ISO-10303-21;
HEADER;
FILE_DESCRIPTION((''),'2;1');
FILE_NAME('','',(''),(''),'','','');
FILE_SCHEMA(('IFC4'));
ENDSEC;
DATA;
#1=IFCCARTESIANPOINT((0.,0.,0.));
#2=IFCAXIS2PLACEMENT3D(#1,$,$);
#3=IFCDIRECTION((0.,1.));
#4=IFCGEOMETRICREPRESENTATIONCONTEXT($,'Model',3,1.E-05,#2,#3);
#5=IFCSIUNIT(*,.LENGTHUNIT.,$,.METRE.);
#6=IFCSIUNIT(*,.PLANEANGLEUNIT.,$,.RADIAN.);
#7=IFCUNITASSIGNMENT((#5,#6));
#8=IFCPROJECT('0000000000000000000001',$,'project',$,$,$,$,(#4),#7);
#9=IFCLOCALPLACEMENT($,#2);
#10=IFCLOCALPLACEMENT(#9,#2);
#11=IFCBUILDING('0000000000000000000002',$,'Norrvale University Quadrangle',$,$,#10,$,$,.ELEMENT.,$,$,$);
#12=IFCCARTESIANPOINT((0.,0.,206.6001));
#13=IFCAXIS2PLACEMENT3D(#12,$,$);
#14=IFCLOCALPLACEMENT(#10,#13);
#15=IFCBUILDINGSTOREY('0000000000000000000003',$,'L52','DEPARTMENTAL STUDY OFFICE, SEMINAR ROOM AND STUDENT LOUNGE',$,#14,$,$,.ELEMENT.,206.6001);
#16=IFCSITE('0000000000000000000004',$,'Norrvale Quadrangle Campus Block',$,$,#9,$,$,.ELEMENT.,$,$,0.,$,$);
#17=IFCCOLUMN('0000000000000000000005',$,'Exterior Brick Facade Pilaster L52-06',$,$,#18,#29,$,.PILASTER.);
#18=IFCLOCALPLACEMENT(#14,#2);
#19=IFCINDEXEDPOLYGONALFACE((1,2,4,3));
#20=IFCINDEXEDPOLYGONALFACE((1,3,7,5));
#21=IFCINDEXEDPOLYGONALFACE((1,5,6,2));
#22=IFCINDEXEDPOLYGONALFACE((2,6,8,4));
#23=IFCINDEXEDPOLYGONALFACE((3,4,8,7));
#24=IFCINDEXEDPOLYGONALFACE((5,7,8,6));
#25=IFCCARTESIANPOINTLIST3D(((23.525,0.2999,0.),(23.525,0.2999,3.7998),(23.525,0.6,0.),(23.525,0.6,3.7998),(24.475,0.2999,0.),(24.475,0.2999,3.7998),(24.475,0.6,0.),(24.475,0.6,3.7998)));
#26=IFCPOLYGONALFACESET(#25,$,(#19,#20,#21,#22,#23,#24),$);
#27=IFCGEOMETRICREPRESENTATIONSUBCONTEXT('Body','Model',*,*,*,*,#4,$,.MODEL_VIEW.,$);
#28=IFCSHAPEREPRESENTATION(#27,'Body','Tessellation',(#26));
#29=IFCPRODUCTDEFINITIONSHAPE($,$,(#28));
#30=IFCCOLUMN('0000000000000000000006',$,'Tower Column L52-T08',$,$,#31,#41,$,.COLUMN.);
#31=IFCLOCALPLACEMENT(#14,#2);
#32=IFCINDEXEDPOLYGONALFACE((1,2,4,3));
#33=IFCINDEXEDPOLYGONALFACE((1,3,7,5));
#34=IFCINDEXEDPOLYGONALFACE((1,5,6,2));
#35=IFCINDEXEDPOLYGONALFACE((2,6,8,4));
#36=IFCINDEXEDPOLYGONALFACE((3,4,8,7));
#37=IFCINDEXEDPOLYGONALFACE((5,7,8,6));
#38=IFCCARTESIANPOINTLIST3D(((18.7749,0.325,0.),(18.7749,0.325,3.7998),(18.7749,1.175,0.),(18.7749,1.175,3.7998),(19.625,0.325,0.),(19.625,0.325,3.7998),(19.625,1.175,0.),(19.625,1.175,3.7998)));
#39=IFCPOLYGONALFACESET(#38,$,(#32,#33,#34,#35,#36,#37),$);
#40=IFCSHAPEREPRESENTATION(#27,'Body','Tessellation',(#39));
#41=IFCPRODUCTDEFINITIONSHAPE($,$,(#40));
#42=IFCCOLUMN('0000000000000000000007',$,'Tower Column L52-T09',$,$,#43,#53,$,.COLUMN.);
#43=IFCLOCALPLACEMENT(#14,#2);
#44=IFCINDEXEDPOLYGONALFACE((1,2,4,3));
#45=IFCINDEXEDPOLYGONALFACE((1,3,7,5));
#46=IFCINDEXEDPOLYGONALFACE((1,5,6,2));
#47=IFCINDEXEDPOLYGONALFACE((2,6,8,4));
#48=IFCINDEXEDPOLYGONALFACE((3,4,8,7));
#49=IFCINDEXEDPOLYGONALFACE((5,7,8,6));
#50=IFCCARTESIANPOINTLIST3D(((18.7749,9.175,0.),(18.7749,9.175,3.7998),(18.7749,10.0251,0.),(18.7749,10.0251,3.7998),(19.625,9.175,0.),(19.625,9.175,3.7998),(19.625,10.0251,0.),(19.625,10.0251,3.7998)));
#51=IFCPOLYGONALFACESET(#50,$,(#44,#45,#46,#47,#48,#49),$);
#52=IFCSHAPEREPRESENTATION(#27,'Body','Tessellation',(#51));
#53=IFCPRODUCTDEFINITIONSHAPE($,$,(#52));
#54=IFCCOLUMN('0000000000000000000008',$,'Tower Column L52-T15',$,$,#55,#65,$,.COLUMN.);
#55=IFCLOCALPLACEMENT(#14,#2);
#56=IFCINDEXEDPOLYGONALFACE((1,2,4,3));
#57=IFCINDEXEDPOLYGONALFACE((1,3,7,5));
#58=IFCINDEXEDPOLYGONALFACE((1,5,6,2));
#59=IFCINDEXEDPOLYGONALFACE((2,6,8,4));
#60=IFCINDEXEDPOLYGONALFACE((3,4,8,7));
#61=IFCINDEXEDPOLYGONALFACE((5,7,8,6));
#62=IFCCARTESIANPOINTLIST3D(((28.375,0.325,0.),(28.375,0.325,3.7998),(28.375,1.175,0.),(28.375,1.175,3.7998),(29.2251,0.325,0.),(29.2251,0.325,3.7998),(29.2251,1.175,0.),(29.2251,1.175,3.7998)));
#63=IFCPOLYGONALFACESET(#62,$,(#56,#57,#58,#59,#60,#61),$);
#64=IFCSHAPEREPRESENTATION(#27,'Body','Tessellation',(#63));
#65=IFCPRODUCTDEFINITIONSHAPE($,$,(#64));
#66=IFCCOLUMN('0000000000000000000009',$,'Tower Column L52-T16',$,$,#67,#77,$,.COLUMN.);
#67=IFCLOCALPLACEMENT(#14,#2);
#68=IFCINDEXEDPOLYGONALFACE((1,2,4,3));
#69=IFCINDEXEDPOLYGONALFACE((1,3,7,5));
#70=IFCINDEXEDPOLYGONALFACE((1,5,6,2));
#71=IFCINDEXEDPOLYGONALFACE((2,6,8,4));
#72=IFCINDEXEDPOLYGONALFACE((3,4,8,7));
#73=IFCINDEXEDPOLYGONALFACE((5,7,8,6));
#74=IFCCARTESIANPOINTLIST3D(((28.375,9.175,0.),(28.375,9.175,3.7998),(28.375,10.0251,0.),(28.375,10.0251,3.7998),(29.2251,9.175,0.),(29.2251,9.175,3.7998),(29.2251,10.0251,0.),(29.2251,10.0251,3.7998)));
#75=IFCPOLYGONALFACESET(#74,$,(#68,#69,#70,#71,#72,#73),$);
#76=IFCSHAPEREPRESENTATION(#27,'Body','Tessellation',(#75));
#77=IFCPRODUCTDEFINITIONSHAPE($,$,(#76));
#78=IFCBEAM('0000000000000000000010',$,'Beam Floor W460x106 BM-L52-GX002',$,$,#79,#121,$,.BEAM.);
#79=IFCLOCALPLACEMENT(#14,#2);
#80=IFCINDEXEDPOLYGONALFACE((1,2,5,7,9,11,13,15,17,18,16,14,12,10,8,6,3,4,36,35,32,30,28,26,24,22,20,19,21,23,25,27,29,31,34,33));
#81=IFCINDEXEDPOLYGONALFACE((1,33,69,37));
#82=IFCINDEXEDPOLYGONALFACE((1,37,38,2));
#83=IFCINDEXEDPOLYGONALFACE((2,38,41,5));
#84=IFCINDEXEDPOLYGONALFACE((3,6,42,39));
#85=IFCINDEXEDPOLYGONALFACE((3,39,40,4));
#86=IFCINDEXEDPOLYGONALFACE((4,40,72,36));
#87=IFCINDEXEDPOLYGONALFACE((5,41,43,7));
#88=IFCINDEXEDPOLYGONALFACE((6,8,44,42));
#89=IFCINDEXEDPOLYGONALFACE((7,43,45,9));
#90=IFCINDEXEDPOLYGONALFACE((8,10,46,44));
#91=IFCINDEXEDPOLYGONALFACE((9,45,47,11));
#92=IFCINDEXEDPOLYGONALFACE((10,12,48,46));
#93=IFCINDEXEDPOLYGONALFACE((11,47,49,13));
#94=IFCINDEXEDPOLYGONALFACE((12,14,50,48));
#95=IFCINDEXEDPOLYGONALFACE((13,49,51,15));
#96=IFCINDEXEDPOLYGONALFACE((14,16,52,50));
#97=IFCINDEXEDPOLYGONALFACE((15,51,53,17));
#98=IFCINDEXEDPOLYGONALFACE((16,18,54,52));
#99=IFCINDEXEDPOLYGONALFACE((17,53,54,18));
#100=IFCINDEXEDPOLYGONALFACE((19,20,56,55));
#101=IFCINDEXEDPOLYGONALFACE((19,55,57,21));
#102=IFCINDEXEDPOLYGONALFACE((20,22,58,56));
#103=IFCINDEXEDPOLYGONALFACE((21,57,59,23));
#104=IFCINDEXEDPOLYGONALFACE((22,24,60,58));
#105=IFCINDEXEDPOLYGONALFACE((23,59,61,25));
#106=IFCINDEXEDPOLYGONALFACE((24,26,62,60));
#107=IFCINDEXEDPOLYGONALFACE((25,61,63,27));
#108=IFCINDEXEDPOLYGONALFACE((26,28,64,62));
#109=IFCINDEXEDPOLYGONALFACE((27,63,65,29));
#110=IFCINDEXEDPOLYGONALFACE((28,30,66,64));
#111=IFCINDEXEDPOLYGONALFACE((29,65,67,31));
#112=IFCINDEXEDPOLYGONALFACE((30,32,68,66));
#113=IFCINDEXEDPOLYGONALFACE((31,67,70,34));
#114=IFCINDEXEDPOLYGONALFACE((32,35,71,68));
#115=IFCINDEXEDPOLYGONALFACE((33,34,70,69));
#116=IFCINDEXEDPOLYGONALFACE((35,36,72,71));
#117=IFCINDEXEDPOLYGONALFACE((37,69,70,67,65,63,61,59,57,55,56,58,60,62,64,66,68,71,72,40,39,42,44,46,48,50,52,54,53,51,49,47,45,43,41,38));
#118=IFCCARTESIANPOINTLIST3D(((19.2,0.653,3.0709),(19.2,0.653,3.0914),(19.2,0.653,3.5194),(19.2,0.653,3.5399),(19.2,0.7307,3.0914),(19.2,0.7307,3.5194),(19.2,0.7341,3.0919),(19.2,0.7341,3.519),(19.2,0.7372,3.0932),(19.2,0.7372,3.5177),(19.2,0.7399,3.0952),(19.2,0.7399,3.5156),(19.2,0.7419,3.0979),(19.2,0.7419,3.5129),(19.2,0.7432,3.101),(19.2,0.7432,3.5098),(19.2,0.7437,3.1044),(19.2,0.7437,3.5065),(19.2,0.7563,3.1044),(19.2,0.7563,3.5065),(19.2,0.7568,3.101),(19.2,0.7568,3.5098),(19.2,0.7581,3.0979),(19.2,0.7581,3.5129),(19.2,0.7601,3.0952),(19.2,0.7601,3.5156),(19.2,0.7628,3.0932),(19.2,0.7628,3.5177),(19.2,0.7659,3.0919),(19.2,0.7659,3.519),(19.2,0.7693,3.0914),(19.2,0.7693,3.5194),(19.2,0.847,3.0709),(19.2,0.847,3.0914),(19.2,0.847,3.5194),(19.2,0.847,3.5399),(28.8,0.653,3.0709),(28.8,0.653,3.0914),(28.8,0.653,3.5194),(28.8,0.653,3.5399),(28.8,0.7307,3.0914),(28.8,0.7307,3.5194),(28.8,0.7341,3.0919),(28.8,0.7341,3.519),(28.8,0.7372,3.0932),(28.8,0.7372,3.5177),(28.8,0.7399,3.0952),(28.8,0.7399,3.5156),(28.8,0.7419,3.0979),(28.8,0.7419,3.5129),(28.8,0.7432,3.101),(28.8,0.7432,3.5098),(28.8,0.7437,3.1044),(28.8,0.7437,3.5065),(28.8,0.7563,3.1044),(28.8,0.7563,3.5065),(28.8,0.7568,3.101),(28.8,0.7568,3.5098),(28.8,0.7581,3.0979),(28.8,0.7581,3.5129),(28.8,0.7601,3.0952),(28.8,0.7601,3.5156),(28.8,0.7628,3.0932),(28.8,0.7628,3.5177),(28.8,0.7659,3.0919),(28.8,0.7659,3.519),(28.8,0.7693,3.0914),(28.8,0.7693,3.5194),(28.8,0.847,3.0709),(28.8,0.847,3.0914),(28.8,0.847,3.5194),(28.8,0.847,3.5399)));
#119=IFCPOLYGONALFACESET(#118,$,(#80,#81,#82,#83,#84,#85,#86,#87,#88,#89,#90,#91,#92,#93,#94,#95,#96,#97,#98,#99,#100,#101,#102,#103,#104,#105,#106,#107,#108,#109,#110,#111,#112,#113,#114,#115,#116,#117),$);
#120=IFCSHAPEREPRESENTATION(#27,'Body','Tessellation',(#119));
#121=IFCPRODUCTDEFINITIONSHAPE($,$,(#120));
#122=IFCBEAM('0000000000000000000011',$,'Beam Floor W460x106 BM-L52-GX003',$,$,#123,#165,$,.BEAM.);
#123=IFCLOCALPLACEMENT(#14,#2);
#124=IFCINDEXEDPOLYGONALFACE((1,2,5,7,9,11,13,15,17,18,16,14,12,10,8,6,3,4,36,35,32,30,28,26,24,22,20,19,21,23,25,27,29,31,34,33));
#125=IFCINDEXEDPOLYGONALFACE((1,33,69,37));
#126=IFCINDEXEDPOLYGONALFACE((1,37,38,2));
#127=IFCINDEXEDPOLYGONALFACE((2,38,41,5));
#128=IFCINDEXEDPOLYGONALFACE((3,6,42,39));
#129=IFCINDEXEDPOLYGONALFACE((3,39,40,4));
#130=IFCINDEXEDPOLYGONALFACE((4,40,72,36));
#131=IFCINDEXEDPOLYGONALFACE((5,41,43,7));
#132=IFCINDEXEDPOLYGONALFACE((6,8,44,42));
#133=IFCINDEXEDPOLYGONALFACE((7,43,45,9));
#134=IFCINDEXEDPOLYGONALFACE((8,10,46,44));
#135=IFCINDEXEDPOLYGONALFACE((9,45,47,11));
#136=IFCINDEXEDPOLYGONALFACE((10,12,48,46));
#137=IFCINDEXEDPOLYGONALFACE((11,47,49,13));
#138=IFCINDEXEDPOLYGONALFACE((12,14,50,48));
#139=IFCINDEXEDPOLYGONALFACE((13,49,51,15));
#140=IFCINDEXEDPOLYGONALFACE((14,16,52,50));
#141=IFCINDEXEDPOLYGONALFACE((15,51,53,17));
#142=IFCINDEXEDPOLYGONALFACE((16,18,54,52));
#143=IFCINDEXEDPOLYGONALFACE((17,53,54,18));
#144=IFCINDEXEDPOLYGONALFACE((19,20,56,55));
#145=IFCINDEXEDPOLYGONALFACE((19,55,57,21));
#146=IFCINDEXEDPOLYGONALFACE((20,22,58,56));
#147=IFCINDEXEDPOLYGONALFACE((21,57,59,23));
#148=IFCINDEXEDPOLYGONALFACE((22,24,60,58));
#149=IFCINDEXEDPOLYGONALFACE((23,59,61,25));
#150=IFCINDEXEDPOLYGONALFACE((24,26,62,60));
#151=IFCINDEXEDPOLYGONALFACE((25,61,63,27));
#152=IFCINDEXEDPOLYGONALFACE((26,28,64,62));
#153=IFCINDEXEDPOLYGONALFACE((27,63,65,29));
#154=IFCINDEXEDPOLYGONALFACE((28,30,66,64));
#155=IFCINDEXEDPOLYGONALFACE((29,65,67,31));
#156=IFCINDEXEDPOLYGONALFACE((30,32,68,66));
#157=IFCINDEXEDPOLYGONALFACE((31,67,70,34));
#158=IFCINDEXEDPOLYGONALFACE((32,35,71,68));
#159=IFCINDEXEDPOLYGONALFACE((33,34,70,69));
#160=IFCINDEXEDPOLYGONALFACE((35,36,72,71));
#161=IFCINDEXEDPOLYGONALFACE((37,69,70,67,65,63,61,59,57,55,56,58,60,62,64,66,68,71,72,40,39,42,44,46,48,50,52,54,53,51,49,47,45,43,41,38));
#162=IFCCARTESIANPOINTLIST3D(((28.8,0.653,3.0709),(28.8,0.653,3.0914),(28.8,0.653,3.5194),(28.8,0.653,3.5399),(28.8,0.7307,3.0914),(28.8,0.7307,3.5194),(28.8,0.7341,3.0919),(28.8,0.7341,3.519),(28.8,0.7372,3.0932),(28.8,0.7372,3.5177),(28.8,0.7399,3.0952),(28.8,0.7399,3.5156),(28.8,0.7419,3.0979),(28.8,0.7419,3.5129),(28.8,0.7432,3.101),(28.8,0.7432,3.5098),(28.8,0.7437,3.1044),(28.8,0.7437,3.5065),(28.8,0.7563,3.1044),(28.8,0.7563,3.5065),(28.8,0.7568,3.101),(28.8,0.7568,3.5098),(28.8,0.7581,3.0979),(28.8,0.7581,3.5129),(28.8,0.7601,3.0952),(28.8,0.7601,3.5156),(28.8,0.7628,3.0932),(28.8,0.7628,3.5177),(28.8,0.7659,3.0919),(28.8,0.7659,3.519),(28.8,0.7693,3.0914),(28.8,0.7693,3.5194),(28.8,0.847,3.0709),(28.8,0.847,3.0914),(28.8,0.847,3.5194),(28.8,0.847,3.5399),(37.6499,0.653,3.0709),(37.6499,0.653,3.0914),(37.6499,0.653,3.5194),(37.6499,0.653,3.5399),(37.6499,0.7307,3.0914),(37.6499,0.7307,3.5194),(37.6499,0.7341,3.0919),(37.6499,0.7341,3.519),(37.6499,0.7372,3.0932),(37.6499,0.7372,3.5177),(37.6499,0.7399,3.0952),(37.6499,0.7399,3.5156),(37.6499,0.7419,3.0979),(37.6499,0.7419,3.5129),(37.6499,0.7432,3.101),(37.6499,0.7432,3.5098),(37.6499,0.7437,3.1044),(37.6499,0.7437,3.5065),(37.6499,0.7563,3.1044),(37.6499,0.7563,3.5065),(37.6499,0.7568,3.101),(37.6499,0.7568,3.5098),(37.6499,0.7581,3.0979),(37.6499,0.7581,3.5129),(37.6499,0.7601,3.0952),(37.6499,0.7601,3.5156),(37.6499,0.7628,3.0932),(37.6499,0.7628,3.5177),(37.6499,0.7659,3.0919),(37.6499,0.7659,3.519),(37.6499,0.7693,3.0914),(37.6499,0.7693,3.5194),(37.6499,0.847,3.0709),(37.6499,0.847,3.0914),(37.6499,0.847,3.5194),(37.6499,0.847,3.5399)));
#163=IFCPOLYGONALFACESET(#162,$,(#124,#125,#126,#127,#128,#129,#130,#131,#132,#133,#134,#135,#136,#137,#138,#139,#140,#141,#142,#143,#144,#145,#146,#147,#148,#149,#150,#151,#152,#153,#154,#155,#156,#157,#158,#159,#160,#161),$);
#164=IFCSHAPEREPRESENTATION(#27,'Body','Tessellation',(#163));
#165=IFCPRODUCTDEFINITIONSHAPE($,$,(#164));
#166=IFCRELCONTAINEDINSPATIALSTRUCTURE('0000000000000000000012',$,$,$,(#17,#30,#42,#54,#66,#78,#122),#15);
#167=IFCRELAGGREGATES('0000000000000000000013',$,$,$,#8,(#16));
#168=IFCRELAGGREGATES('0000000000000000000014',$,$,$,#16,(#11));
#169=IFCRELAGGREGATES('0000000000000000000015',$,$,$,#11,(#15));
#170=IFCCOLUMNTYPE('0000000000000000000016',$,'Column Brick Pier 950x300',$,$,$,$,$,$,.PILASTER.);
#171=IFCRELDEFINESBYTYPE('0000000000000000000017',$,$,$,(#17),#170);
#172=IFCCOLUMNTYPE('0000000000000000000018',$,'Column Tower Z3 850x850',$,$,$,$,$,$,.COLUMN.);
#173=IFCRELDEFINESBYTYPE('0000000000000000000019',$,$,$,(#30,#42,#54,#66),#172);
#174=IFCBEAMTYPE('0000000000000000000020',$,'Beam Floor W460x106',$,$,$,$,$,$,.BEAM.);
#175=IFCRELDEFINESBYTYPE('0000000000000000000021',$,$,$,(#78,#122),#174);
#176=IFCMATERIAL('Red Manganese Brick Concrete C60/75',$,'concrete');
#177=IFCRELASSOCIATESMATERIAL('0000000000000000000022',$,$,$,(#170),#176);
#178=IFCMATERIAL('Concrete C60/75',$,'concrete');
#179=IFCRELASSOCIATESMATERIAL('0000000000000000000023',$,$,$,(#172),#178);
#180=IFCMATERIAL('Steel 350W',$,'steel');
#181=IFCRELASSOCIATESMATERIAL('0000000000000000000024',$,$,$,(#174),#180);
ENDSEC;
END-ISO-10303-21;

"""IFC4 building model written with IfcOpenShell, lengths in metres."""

from ifc_helpers import new_model, si_unit, direction, frame, origin, origin_2d, place, context, subcontext, project, spatial, rectangle, i_section, extrude, material, material_profile, profile_set, type_object, element, save


model = new_model("IFC4")

# Units and contexts
model_context = context("Model", 3, precision=1e-05, world=origin(), true_north=direction((0.0, 1.0)))
body_context = subcontext(model_context, "Body", "Model", "MODEL_VIEW")
ifc_project = project(units=[si_unit("LENGTHUNIT", "METRE"), si_unit("PLANEANGLEUNIT", "RADIAN")], contexts=[model_context])

# Site, building, storey
site_placement = place(None, origin())
site = spatial("IfcSite", under=ifc_project, at=site_placement, Name="Norrvale Quadrangle Campus Block", CompositionType="ELEMENT", RefElevation=0.0)
building_placement = place(site_placement, origin())
building = spatial("IfcBuilding", under=site, at=building_placement, Name="Norrvale University Quadrangle", CompositionType="ELEMENT")
storey_placement = place(building_placement, frame((0.0, 0.0, 206.6001)))
storey = spatial("IfcBuildingStorey", under=building, at=storey_placement, Name="L52", Description="DEPARTMENTAL STUDY OFFICE, SEMINAR ROOM AND STUDENT LOUNGE", CompositionType="ELEMENT", Elevation=206.6001)

# Columns
ifc_material_1 = material(Name="Red Manganese Brick Concrete C60/75", Category="concrete")
ifc_material_profile_1 = material_profile(ifc_material_1, rectangle(XDim=0.95, YDim=0.3, at=origin_2d()), Name="Red Manganese Brick Concrete C60/75")
ifc_profile_set_1 = profile_set([ifc_material_profile_1], Name="Red Manganese Brick Concrete C60/75")
column_type_1 = type_object("IfcColumnType", Name="Column Brick Pier 950x300", PredefinedType="PILASTER", material=ifc_profile_set_1)
column_placement = place(storey_placement, frame((24.0, 0.45, 0.0), z_axis=(0.0, 0.0, 1.0), x_axis=(1.0, 0.0, 0.0)))
element("IfcColumn", 1, at=column_placement, inside=storey, type_object=column_type_1, Name="Exterior Brick Facade Pilaster L52-06", PredefinedType="PILASTER", context=body_context, shape_type="SweptSolid", body=[
    extrude(rectangle(XDim=0.95, YDim=0.3, at=origin_2d()), origin(), (0.0, 0.0, 1.0), 3.7998),
])
ifc_material_2 = material(Name="Concrete C60/75", Category="concrete")
ifc_material_profile_2 = material_profile(ifc_material_2, rectangle(XDim=0.8501, YDim=0.8501, at=origin_2d()), Name="Concrete C60/75")
ifc_profile_set_2 = profile_set([ifc_material_profile_2], Name="Concrete C60/75")
column_type_2 = type_object("IfcColumnType", Name="Column Tower Z3 850x850", PredefinedType="COLUMN", material=ifc_profile_set_2)
for number, where, z_axis, x_axis, name in (
    (2, (19.2, 0.75, 0.0), (0.0, 0.0, 1.0), (1.0, 0.0, 0.0), "Tower Column L52-T08"),
    (3, (19.2, 9.6001, 0.0), (0.0, 0.0, 1.0), (1.0, 0.0, 0.0), "Tower Column L52-T09"),
    (4, (28.8, 0.75, 0.0), (0.0, 0.0, 1.0), (1.0, 0.0, 0.0), "Tower Column L52-T15"),
    (5, (28.8, 9.6001, 0.0), (0.0, 0.0, 1.0), (1.0, 0.0, 0.0), "Tower Column L52-T16"),
):
    element("IfcColumn", number, at=place(storey_placement, frame(where, z_axis=z_axis, x_axis=x_axis)), inside=storey, type_object=column_type_2, Name=name, PredefinedType="COLUMN", context=body_context, shape_type="SweptSolid", body=[
        extrude(rectangle(XDim=0.8501, YDim=0.8501, at=origin_2d()), origin(), (0.0, 0.0, 1.0), 3.7998),
    ])

# Beams
ifc_material_3 = material(Name="Steel 350W", Category="steel")
ifc_material_profile_3 = material_profile(ifc_material_3, i_section(OverallWidth=0.1941, OverallDepth=0.469, WebThickness=0.0127, FlangeThickness=0.0205, FilletRadius=0.0129, at=origin_2d()), Name="Steel 350W")
ifc_profile_set_3 = profile_set([ifc_material_profile_3], Name="Steel 350W")
beam_type_1 = type_object("IfcBeamType", Name="Beam Floor W460x106", PredefinedType="BEAM", material=ifc_profile_set_3)
beam_1_placement = place(storey_placement, frame((19.2, 0.75, 3.3054), z_axis=(1.0, 0.0, 0.0), x_axis=(0.0, 1.0, 0.0)))
element("IfcBeam", 6, at=beam_1_placement, inside=storey, type_object=beam_type_1, Name="Beam Floor W460x106 BM-L52-GX002", PredefinedType="BEAM", context=body_context, shape_type="SweptSolid", body=[
    extrude(i_section(OverallWidth=0.1941, OverallDepth=0.469, WebThickness=0.0127, FlangeThickness=0.0205, FilletRadius=0.0129, at=origin_2d()), origin(), (0.0, 0.0, 1.0), 9.6001),
])
beam_2_placement = place(storey_placement, frame((28.8, 0.75, 3.3054), z_axis=(1.0, 0.0, 0.0), x_axis=(0.0, 1.0, 0.0)))
element("IfcBeam", 7, at=beam_2_placement, inside=storey, type_object=beam_type_1, Name="Beam Floor W460x106 BM-L52-GX003", PredefinedType="BEAM", context=body_context, shape_type="SweptSolid", body=[
    extrude(i_section(OverallWidth=0.1941, OverallDepth=0.469, WebThickness=0.0127, FlangeThickness=0.0205, FilletRadius=0.0129, at=origin_2d()), origin(), (0.0, 0.0, 1.0), 8.8499),
])

save(model, "model.ifc")
